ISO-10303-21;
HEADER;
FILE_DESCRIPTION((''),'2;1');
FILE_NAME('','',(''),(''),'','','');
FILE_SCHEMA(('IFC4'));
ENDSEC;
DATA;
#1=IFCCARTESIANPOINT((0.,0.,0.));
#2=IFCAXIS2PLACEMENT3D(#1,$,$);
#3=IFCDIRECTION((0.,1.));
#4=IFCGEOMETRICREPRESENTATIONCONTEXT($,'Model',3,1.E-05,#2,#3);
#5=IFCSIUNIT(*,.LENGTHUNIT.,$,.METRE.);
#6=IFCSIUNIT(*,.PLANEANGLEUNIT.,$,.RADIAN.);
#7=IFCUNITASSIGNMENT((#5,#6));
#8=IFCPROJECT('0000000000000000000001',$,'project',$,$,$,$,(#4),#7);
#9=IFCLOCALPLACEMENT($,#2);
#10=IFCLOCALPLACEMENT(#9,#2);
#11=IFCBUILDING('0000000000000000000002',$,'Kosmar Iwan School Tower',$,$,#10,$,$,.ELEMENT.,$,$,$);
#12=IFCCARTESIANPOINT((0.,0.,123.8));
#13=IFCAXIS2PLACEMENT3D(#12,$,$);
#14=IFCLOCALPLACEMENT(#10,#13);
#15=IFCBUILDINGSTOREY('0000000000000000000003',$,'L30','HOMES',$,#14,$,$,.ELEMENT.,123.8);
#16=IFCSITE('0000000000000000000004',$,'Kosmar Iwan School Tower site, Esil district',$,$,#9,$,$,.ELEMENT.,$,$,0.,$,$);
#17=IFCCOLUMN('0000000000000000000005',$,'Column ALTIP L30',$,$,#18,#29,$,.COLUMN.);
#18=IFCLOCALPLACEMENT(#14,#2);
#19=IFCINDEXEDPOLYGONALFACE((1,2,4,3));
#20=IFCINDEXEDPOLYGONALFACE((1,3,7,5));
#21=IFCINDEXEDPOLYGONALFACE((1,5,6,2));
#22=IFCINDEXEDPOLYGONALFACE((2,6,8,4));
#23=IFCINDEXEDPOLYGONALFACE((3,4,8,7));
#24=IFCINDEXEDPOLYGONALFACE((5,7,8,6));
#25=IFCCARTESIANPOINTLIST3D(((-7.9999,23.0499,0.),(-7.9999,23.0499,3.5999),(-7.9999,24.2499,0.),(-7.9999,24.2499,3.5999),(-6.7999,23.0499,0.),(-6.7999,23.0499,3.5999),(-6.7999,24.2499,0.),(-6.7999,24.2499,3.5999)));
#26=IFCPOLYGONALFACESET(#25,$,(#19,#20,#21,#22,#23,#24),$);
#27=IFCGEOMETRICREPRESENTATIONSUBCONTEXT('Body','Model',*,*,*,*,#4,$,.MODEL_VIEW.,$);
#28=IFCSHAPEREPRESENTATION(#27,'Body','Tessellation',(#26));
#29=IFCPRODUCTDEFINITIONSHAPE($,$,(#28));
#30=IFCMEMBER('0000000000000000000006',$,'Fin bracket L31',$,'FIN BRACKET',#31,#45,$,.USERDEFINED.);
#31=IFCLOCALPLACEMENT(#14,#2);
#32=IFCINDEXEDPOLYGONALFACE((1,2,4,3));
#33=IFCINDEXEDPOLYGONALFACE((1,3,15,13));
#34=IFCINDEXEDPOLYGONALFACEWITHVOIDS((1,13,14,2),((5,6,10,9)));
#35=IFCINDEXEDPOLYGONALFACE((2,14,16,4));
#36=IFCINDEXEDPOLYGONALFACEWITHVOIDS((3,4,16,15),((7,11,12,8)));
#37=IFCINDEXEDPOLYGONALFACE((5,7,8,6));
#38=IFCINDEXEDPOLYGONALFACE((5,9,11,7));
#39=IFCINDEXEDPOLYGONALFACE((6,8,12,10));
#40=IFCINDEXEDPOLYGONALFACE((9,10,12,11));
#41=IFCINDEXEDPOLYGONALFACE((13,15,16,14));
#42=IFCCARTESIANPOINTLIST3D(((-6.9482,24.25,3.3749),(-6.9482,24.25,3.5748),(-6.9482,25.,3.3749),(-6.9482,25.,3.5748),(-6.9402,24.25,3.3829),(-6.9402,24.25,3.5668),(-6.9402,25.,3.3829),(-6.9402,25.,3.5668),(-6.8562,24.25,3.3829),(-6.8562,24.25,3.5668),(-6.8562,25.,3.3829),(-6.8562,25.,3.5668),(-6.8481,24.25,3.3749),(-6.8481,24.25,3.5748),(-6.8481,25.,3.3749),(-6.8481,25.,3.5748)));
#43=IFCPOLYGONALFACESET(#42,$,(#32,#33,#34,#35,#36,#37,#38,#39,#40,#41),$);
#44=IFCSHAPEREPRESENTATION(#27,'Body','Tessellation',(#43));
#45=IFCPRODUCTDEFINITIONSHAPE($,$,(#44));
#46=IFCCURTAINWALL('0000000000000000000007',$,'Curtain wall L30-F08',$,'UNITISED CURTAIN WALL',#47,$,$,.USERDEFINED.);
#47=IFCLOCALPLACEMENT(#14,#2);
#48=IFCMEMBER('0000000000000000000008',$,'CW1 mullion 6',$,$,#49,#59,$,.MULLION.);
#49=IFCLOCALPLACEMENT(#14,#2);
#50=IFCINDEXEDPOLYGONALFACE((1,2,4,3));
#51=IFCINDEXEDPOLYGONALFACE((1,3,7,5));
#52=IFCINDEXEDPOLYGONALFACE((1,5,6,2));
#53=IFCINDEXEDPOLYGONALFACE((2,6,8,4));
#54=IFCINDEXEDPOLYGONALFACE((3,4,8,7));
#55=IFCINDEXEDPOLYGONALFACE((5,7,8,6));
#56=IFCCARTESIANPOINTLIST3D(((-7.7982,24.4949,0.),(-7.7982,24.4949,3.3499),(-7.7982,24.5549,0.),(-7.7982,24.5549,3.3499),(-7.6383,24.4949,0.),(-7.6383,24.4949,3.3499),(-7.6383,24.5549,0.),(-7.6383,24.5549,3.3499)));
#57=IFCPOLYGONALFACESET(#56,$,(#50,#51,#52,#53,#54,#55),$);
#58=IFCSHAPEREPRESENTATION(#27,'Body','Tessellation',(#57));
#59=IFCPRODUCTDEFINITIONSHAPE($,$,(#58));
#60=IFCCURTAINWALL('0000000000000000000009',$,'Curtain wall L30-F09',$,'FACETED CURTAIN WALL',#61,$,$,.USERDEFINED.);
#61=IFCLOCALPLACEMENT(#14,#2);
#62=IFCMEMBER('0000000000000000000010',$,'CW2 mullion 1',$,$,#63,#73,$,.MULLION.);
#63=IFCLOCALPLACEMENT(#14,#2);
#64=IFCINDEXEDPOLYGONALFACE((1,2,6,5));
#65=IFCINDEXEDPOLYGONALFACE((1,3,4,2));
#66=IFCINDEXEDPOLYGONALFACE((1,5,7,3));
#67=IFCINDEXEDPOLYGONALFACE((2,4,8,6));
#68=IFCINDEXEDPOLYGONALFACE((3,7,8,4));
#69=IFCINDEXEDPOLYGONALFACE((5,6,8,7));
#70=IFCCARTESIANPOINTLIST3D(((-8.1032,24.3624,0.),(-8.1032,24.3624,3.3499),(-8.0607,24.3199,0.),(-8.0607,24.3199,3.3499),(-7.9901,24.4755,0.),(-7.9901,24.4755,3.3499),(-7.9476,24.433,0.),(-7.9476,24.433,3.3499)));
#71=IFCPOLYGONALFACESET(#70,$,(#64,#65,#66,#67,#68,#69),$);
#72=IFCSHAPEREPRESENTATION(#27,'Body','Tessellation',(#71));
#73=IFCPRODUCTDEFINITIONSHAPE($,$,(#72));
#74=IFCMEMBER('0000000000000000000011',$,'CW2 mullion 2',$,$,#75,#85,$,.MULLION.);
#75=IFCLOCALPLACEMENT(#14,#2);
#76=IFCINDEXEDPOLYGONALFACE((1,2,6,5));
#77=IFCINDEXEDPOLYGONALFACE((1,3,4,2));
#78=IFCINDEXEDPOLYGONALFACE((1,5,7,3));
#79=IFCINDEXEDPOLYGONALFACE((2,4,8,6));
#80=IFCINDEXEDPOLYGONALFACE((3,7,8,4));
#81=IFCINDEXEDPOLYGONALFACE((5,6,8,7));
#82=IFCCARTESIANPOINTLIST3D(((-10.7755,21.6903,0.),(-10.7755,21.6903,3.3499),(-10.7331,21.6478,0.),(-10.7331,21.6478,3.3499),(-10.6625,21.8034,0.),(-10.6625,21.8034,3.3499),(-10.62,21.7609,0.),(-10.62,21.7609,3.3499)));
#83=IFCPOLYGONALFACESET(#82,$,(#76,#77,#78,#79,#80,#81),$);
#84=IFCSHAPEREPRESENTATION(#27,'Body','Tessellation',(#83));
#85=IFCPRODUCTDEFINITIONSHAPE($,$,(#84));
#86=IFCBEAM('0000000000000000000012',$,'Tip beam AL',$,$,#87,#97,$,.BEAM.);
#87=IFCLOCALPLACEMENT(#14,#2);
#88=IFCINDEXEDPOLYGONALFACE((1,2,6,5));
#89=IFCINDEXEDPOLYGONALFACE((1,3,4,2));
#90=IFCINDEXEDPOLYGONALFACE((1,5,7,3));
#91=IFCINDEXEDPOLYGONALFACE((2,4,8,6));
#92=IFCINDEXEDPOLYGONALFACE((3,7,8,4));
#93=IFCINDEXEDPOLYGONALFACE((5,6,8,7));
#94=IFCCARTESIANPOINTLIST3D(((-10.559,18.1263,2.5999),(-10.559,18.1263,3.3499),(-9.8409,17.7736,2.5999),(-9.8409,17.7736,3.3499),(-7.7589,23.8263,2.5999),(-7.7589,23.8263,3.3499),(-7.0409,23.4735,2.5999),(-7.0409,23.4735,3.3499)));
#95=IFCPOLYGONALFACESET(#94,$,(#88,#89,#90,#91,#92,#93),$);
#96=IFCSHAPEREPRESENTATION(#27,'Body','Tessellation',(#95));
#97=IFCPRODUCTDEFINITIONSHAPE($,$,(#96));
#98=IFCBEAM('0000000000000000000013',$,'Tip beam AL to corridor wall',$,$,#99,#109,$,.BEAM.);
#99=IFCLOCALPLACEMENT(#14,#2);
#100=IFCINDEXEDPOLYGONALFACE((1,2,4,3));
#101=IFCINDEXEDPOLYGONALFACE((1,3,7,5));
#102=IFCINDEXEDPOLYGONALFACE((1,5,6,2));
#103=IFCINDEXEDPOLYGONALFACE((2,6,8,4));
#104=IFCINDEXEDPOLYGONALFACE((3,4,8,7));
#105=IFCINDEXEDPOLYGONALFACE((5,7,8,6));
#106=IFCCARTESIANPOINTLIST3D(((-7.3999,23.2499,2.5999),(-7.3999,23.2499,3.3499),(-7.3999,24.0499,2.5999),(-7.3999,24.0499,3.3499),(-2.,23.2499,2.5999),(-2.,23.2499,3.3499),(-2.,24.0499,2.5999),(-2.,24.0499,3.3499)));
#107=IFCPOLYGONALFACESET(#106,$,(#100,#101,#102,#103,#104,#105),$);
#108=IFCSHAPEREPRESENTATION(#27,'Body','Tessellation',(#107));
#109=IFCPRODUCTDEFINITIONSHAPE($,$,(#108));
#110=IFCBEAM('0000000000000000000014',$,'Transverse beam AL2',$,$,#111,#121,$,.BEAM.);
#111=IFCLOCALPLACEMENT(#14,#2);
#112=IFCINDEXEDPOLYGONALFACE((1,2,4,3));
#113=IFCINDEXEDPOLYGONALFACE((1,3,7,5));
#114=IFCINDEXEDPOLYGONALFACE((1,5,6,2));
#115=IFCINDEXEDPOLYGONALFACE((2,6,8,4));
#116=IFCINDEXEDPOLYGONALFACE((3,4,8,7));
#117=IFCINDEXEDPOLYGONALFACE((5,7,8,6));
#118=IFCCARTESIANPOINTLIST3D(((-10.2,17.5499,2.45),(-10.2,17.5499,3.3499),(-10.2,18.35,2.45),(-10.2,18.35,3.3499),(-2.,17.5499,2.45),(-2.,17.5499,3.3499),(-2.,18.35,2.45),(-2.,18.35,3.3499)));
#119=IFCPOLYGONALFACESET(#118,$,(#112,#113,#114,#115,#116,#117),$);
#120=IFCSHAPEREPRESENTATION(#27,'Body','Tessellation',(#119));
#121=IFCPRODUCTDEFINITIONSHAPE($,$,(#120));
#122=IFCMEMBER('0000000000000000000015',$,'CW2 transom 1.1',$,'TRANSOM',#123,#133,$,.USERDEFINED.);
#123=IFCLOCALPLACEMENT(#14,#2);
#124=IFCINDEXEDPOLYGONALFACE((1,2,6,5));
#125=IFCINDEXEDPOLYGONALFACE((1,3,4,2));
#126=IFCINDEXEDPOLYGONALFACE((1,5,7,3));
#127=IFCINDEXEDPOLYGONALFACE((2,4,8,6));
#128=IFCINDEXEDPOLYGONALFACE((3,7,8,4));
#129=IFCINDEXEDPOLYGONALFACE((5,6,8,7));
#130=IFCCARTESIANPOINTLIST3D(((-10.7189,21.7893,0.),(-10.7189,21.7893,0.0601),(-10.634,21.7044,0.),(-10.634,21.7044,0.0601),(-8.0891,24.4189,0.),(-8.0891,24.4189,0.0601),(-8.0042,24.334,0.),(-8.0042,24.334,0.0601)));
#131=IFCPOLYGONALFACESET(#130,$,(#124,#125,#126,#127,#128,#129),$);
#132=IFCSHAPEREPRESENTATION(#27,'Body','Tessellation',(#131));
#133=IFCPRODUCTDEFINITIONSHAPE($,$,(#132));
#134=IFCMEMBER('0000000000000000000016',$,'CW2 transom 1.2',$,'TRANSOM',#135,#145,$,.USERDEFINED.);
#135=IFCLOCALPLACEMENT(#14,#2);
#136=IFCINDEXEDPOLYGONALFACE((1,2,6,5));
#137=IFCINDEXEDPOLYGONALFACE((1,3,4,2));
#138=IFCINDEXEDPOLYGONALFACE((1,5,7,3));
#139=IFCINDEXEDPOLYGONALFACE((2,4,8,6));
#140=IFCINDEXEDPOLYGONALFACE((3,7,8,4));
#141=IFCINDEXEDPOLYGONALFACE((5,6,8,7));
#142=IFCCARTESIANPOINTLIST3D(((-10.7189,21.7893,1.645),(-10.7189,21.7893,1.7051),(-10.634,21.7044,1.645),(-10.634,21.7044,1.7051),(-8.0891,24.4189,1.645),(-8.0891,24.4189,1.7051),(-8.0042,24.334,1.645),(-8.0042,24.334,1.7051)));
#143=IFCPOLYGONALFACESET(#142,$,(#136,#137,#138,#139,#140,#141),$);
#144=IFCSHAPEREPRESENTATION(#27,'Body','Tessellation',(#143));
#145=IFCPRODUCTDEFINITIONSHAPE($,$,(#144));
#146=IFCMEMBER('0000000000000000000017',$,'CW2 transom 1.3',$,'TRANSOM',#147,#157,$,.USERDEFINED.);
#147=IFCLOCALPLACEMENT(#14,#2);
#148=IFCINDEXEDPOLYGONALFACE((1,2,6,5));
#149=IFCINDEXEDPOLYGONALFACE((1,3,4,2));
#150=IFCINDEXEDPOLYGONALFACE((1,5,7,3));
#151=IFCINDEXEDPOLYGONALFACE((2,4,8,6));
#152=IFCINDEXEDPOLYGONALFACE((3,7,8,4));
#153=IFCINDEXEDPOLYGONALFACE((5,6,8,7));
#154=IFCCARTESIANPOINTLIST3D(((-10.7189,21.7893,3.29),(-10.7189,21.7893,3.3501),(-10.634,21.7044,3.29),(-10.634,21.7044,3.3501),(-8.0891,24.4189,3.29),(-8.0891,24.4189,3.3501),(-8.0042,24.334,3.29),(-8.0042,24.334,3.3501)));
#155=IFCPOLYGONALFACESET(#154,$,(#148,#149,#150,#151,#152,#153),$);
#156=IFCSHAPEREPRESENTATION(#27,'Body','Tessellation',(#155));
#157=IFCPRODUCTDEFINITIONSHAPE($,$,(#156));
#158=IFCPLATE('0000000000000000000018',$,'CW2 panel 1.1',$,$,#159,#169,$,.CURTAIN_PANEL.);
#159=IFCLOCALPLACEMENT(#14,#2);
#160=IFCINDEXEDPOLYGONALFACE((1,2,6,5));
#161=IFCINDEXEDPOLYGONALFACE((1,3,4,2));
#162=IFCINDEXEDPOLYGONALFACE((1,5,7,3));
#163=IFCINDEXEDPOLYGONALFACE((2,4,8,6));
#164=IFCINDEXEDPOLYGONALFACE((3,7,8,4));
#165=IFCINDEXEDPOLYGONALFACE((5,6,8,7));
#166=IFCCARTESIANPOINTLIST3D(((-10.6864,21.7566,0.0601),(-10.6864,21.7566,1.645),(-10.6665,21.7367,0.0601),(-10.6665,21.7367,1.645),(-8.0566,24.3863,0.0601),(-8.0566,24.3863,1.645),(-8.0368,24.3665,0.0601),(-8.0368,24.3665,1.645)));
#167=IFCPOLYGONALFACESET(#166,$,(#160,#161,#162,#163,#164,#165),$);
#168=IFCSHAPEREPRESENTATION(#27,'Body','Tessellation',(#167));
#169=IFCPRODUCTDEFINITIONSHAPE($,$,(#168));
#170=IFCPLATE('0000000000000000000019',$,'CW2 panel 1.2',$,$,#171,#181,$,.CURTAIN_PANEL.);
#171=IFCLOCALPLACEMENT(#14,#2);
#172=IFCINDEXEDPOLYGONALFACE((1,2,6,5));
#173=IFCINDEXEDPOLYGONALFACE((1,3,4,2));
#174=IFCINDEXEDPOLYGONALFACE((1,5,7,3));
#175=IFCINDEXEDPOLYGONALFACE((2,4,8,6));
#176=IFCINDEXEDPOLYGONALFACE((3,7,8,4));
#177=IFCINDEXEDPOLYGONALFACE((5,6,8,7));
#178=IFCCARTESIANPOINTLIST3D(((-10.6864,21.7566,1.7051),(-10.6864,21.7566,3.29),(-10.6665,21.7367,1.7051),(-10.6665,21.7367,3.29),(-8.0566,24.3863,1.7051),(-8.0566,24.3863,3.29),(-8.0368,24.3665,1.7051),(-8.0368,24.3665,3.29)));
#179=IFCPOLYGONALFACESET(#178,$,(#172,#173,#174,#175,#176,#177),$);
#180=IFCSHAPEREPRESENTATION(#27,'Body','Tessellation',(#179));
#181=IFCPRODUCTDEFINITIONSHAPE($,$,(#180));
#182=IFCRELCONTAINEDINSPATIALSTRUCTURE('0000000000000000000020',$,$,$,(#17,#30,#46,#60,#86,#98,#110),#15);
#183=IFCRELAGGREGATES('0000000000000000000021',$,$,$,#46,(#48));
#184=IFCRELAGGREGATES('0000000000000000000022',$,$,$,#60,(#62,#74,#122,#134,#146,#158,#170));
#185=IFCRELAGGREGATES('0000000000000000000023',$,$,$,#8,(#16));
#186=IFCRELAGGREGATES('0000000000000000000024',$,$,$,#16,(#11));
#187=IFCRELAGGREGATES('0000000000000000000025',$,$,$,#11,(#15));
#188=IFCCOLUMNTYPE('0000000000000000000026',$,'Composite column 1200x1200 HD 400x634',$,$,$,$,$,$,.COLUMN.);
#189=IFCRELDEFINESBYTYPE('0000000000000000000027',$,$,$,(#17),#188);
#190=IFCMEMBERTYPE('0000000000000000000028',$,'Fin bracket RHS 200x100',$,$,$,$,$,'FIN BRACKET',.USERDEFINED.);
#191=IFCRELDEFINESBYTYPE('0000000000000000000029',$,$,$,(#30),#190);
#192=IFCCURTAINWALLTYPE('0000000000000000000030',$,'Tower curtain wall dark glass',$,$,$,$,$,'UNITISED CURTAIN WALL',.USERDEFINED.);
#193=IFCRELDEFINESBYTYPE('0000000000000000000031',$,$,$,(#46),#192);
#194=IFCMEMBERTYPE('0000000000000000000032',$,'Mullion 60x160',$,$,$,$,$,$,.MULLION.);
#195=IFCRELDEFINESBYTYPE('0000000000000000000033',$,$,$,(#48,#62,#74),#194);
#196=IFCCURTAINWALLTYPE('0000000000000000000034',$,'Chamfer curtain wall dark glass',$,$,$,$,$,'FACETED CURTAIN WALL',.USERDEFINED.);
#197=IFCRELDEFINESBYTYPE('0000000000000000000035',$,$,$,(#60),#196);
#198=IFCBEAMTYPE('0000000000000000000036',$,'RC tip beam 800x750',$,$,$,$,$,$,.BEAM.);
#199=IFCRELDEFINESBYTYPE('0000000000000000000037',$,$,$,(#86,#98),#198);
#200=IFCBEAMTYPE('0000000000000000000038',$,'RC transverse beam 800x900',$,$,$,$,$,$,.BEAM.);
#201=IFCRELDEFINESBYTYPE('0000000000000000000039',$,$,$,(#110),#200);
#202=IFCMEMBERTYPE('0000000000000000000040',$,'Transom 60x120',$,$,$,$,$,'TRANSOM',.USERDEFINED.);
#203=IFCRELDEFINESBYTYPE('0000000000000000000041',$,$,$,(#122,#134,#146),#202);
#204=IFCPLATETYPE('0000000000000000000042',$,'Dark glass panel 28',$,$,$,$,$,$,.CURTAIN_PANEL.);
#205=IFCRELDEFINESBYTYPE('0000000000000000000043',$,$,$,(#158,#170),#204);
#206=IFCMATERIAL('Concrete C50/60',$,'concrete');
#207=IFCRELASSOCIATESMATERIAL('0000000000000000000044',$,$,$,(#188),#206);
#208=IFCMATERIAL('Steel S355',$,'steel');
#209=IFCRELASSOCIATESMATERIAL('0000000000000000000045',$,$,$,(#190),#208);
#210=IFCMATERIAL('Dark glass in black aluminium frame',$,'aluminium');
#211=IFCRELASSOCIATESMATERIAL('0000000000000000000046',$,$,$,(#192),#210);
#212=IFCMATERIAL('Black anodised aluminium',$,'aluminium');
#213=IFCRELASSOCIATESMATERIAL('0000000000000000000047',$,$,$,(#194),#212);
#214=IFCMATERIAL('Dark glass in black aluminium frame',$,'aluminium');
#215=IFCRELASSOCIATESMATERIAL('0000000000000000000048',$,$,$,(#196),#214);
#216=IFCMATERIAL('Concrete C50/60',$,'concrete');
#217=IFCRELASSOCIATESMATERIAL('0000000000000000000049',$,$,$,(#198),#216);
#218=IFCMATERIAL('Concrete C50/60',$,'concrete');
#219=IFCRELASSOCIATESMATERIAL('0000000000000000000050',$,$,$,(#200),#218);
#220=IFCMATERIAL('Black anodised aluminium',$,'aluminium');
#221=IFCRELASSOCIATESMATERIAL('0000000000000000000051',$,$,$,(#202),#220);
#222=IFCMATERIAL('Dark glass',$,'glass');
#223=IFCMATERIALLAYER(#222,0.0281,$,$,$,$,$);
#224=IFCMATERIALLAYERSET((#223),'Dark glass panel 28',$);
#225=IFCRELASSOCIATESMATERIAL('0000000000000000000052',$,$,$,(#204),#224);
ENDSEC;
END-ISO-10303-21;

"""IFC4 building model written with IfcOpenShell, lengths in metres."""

from ifc_helpers import new_model, si_unit, direction, frame, origin, origin_2d, place, context, subcontext, project, spatial, rectangle, hollow_rectangle, extrude, material, layer, layer_set, material_profile, profile_set, type_object, element, aggregate, save


model = new_model("IFC4")

# Units and contexts
model_context = context("Model", 3, precision=1e-05, world=origin(), true_north=direction((0.0, 1.0)))
body_context = subcontext(model_context, "Body", "Model", "MODEL_VIEW")
ifc_project = project(units=[si_unit("LENGTHUNIT", "METRE"), si_unit("PLANEANGLEUNIT", "RADIAN")], contexts=[model_context])

# Site, building, storey
site_placement = place(None, origin())
site = spatial("IfcSite", under=ifc_project, at=site_placement, Name="Kosmar Iwan School Tower site, Esil district", CompositionType="ELEMENT", RefElevation=0.0)
building_placement = place(site_placement, origin())
building = spatial("IfcBuilding", under=site, at=building_placement, Name="Kosmar Iwan School Tower", CompositionType="ELEMENT")
storey_placement = place(building_placement, frame((0.0, 0.0, 123.8)))
storey = spatial("IfcBuildingStorey", under=building, at=storey_placement, Name="L30", Description="HOMES", CompositionType="ELEMENT", Elevation=123.8)

# Column
ifc_material_1 = material(Name="Concrete C50/60", Category="concrete")
ifc_material_profile_1 = material_profile(ifc_material_1, rectangle(XDim=1.2, YDim=1.2, at=origin_2d()), Name="RC 1200x1200 + HD 400x634")
ifc_profile_set_1 = profile_set([ifc_material_profile_1], Name="Concrete C50/60")
column_type = type_object("IfcColumnType", Name="Composite column 1200x1200 HD 400x634", PredefinedType="COLUMN", material=ifc_profile_set_1)
column_placement = place(storey_placement, frame((-7.3999, 23.6499, 0.0), z_axis=(0.0, 0.0, 1.0), x_axis=(0.0, 1.0, 0.0)))
element("IfcColumn", 1, at=column_placement, inside=storey, type_object=column_type, Name="Column ALTIP L30", PredefinedType="COLUMN", context=body_context, shape_type="SweptSolid", body=[
    extrude(rectangle(XDim=1.2, YDim=1.2, at=origin_2d()), origin(), (0.0, 0.0, 1.0), 3.5999),
])

# Member
ifc_material_2 = material(Name="Steel S355", Category="steel")
ifc_material_profile_2 = material_profile(ifc_material_2, hollow_rectangle(XDim=0.1001, YDim=0.2, WallThickness=0.0081, at=origin_2d()), Name="RHS 200x100x8")
ifc_profile_set_2 = profile_set([ifc_material_profile_2], Name="Steel S355")
member_type_1 = type_object("IfcMemberType", Name="Fin bracket RHS 200x100", ElementType="FIN BRACKET", PredefinedType="USERDEFINED", material=ifc_profile_set_2)
member_1_placement = place(storey_placement, frame((-6.8982, 24.25, 3.4749), z_axis=(0.0, 1.0, 0.0), x_axis=(-1.0, 0.0, 0.0)))
element("IfcMember", 2, at=member_1_placement, inside=storey, type_object=member_type_1, Name="Fin bracket L31", ObjectType="FIN BRACKET", PredefinedType="USERDEFINED", context=body_context, shape_type="SweptSolid", body=[
    extrude(hollow_rectangle(XDim=0.1001, YDim=0.2, WallThickness=0.0081, at=origin_2d()), origin(), (0.0, 0.0, 1.0), 0.75),
])

# Curtain wall, member
ifc_material_3 = material(Name="Dark glass in black aluminium frame", Category="aluminium")
curtain_wall_type_1 = type_object("IfcCurtainWallType", Name="Tower curtain wall dark glass", ElementType="UNITISED CURTAIN WALL", PredefinedType="USERDEFINED", material=ifc_material_3)
curtain_wall_1_placement = place(storey_placement, origin())
curtain_wall_1 = element("IfcCurtainWall", 3, at=curtain_wall_1_placement, inside=storey, type_object=curtain_wall_type_1, Name="Curtain wall L30-F08", ObjectType="UNITISED CURTAIN WALL", PredefinedType="USERDEFINED")
ifc_material_4 = material(Name="Black anodised aluminium", Category="aluminium")
ifc_material_profile_3 = material_profile(ifc_material_4, rectangle(XDim=0.0601, YDim=0.1599, at=origin_2d()), Name="MULLION 60x160")
ifc_profile_set_3 = profile_set([ifc_material_profile_3], Name="Black anodised aluminium")
member_type_2 = type_object("IfcMemberType", Name="Mullion 60x160", PredefinedType="MULLION", material=ifc_profile_set_3)
member_2_placement = place(storey_placement, frame((-7.7183, 24.5249, 0.0), z_axis=(0.0, 0.0, 1.0), x_axis=(0.0, -1.0, 0.0)))
member_2 = element("IfcMember", 4, at=member_2_placement, type_object=member_type_2, Name="CW1 mullion 6", PredefinedType="MULLION", context=body_context, shape_type="SweptSolid", body=[
    extrude(rectangle(XDim=0.0601, YDim=0.1599, at=origin_2d()), origin(), (0.0, 0.0, 1.0), 3.3499),
])
aggregate(curtain_wall_1, [member_2])

# Curtain wall, members
ifc_material_5 = material(Name="Dark glass in black aluminium frame", Category="aluminium")
curtain_wall_type_2 = type_object("IfcCurtainWallType", Name="Chamfer curtain wall dark glass", ElementType="FACETED CURTAIN WALL", PredefinedType="USERDEFINED", material=ifc_material_5)
curtain_wall_2_placement = place(storey_placement, origin())
curtain_wall_2 = element("IfcCurtainWall", 5, at=curtain_wall_2_placement, inside=storey, type_object=curtain_wall_type_2, Name="Curtain wall L30-F09", ObjectType="FACETED CURTAIN WALL", PredefinedType="USERDEFINED")
member_3_placement = place(storey_placement, frame((-8.0254, 24.3977, 0.0), z_axis=(0.0, 0.0, 1.0), x_axis=(0.707107, -0.707107, 0.0)))
member_3 = element("IfcMember", 6, at=member_3_placement, type_object=member_type_2, Name="CW2 mullion 1", PredefinedType="MULLION", context=body_context, shape_type="SweptSolid", body=[
    extrude(rectangle(XDim=0.0601, YDim=0.1599, at=origin_2d()), origin(), (0.0, 0.0, 1.0), 3.3499),
])
member_4_placement = place(storey_placement, frame((-10.6978, 21.7256, 0.0), z_axis=(0.0, 0.0, 1.0), x_axis=(0.707107, -0.707107, 0.0)))
member_4 = element("IfcMember", 7, at=member_4_placement, type_object=member_type_2, Name="CW2 mullion 2", PredefinedType="MULLION", context=body_context, shape_type="SweptSolid", body=[
    extrude(rectangle(XDim=0.0601, YDim=0.1599, at=origin_2d()), origin(), (0.0, 0.0, 1.0), 3.3499),
])

# Beams
ifc_material_6 = material(Name="Concrete C50/60", Category="concrete")
ifc_material_profile_4 = material_profile(ifc_material_6, rectangle(XDim=0.8, YDim=0.75, at=origin_2d()), Name="RC 800x750")
ifc_profile_set_4 = profile_set([ifc_material_profile_4], Name="Concrete C50/60")
beam_type_1 = type_object("IfcBeamType", Name="RC tip beam 800x750", PredefinedType="BEAM", material=ifc_profile_set_4)
beam_1_placement = place(storey_placement, frame((-10.2, 17.95, 2.9749), z_axis=(0.440913, 0.89755, 0.0), x_axis=(-0.89755, 0.440913, 0.0)))
element("IfcBeam", 8, at=beam_1_placement, inside=storey, type_object=beam_type_1, Name="Tip beam AL", PredefinedType="BEAM", context=body_context, shape_type="SweptSolid", body=[
    extrude(rectangle(XDim=0.8, YDim=0.75, at=origin_2d()), origin(), (0.0, 0.0, 1.0), 6.3506),
])
beam_2_placement = place(storey_placement, frame((-7.3999, 23.6499, 2.9749), z_axis=(1.0, 0.0, 0.0), x_axis=(0.0, 1.0, 0.0)))
element("IfcBeam", 9, at=beam_2_placement, inside=storey, type_object=beam_type_1, Name="Tip beam AL to corridor wall", PredefinedType="BEAM", context=body_context, shape_type="SweptSolid", body=[
    extrude(rectangle(XDim=0.8, YDim=0.75, at=origin_2d()), origin(), (0.0, 0.0, 1.0), 5.3999),
])
ifc_material_7 = material(Name="Concrete C50/60", Category="concrete")
ifc_material_profile_5 = material_profile(ifc_material_7, rectangle(XDim=0.8, YDim=0.8999, at=origin_2d()), Name="RC 800x900")
ifc_profile_set_5 = profile_set([ifc_material_profile_5], Name="Concrete C50/60")
beam_type_2 = type_object("IfcBeamType", Name="RC transverse beam 800x900", PredefinedType="BEAM", material=ifc_profile_set_5)
beam_3_placement = place(storey_placement, frame((-10.2, 17.95, 2.8999), z_axis=(1.0, 0.0, 0.0), x_axis=(0.0, 1.0, 0.0)))
element("IfcBeam", 10, at=beam_3_placement, inside=storey, type_object=beam_type_2, Name="Transverse beam AL2", PredefinedType="BEAM", context=body_context, shape_type="SweptSolid", body=[
    extrude(rectangle(XDim=0.8, YDim=0.8999, at=origin_2d()), origin(), (0.0, 0.0, 1.0), 8.2),
])

# Members
ifc_material_8 = material(Name="Black anodised aluminium", Category="aluminium")
ifc_material_profile_6 = material_profile(ifc_material_8, rectangle(XDim=0.1201, YDim=0.0601, at=origin_2d()), Name="TRANSOM 60x120")
ifc_profile_set_6 = profile_set([ifc_material_profile_6], Name="Black anodised aluminium")
member_type_3 = type_object("IfcMemberType", Name="Transom 60x120", ElementType="TRANSOM", PredefinedType="USERDEFINED", material=ifc_profile_set_6)
member_5_placement = place(storey_placement, frame((-8.0466, 24.3765, 0.03), z_axis=(-0.70714, -0.707074, 0.0), x_axis=(0.707074, -0.70714, 0.0)))
member_5 = element("IfcMember", 11, at=member_5_placement, type_object=member_type_3, Name="CW2 transom 1.1", ObjectType="TRANSOM", PredefinedType="USERDEFINED", context=body_context, shape_type="SweptSolid", body=[
    extrude(rectangle(XDim=0.1201, YDim=0.0601, at=origin_2d()), origin(), (0.0, 0.0, 1.0), 3.719),
])
member_6_placement = place(storey_placement, frame((-8.0466, 24.3765, 1.675), z_axis=(-0.70714, -0.707074, 0.0), x_axis=(0.707074, -0.70714, 0.0)))
member_6 = element("IfcMember", 12, at=member_6_placement, type_object=member_type_3, Name="CW2 transom 1.2", ObjectType="TRANSOM", PredefinedType="USERDEFINED", context=body_context, shape_type="SweptSolid", body=[
    extrude(rectangle(XDim=0.1201, YDim=0.0601, at=origin_2d()), origin(), (0.0, 0.0, 1.0), 3.719),
])
member_7_placement = place(storey_placement, frame((-8.0466, 24.3765, 3.3201), z_axis=(-0.70714, -0.707074, 0.0), x_axis=(0.707074, -0.70714, 0.0)))
member_7 = element("IfcMember", 13, at=member_7_placement, type_object=member_type_3, Name="CW2 transom 1.3", ObjectType="TRANSOM", PredefinedType="USERDEFINED", context=body_context, shape_type="SweptSolid", body=[
    extrude(rectangle(XDim=0.1201, YDim=0.0601, at=origin_2d()), origin(), (0.0, 0.0, 1.0), 3.719),
])

# Plates
ifc_material_9 = material(Name="Dark glass", Category="glass")
ifc_layer = layer(ifc_material_9, 0.0281)
ifc_layer_set = layer_set([ifc_layer], Name="Dark glass panel 28")
plate_type = type_object("IfcPlateType", Name="Dark glass panel 28", PredefinedType="CURTAIN_PANEL", material=ifc_layer_set)
plate_1_placement = place(storey_placement, frame((-9.3616, 23.0615, 0.0601), z_axis=(0.0, 0.0, 1.0), x_axis=(-0.707107, -0.707107, 0.0)))
plate_1 = element("IfcPlate", 14, at=plate_1_placement, type_object=plate_type, Name="CW2 panel 1.1", PredefinedType="CURTAIN_PANEL", context=body_context, shape_type="SweptSolid", body=[
    extrude(rectangle(XDim=3.719, YDim=0.0281, at=origin_2d()), origin(), (0.0, 0.0, 1.0), 1.585),
])
plate_2_placement = place(storey_placement, frame((-9.3616, 23.0615, 1.7051), z_axis=(0.0, 0.0, 1.0), x_axis=(-0.707107, -0.707107, 0.0)))
plate_2 = element("IfcPlate", 15, at=plate_2_placement, type_object=plate_type, Name="CW2 panel 1.2", PredefinedType="CURTAIN_PANEL", context=body_context, shape_type="SweptSolid", body=[
    extrude(rectangle(XDim=3.719, YDim=0.0281, at=origin_2d()), origin(), (0.0, 0.0, 1.0), 1.585),
])
aggregate(curtain_wall_2, [member_3, member_4, member_5, member_6, member_7, plate_1, plate_2])

save(model, "model.ifc")
